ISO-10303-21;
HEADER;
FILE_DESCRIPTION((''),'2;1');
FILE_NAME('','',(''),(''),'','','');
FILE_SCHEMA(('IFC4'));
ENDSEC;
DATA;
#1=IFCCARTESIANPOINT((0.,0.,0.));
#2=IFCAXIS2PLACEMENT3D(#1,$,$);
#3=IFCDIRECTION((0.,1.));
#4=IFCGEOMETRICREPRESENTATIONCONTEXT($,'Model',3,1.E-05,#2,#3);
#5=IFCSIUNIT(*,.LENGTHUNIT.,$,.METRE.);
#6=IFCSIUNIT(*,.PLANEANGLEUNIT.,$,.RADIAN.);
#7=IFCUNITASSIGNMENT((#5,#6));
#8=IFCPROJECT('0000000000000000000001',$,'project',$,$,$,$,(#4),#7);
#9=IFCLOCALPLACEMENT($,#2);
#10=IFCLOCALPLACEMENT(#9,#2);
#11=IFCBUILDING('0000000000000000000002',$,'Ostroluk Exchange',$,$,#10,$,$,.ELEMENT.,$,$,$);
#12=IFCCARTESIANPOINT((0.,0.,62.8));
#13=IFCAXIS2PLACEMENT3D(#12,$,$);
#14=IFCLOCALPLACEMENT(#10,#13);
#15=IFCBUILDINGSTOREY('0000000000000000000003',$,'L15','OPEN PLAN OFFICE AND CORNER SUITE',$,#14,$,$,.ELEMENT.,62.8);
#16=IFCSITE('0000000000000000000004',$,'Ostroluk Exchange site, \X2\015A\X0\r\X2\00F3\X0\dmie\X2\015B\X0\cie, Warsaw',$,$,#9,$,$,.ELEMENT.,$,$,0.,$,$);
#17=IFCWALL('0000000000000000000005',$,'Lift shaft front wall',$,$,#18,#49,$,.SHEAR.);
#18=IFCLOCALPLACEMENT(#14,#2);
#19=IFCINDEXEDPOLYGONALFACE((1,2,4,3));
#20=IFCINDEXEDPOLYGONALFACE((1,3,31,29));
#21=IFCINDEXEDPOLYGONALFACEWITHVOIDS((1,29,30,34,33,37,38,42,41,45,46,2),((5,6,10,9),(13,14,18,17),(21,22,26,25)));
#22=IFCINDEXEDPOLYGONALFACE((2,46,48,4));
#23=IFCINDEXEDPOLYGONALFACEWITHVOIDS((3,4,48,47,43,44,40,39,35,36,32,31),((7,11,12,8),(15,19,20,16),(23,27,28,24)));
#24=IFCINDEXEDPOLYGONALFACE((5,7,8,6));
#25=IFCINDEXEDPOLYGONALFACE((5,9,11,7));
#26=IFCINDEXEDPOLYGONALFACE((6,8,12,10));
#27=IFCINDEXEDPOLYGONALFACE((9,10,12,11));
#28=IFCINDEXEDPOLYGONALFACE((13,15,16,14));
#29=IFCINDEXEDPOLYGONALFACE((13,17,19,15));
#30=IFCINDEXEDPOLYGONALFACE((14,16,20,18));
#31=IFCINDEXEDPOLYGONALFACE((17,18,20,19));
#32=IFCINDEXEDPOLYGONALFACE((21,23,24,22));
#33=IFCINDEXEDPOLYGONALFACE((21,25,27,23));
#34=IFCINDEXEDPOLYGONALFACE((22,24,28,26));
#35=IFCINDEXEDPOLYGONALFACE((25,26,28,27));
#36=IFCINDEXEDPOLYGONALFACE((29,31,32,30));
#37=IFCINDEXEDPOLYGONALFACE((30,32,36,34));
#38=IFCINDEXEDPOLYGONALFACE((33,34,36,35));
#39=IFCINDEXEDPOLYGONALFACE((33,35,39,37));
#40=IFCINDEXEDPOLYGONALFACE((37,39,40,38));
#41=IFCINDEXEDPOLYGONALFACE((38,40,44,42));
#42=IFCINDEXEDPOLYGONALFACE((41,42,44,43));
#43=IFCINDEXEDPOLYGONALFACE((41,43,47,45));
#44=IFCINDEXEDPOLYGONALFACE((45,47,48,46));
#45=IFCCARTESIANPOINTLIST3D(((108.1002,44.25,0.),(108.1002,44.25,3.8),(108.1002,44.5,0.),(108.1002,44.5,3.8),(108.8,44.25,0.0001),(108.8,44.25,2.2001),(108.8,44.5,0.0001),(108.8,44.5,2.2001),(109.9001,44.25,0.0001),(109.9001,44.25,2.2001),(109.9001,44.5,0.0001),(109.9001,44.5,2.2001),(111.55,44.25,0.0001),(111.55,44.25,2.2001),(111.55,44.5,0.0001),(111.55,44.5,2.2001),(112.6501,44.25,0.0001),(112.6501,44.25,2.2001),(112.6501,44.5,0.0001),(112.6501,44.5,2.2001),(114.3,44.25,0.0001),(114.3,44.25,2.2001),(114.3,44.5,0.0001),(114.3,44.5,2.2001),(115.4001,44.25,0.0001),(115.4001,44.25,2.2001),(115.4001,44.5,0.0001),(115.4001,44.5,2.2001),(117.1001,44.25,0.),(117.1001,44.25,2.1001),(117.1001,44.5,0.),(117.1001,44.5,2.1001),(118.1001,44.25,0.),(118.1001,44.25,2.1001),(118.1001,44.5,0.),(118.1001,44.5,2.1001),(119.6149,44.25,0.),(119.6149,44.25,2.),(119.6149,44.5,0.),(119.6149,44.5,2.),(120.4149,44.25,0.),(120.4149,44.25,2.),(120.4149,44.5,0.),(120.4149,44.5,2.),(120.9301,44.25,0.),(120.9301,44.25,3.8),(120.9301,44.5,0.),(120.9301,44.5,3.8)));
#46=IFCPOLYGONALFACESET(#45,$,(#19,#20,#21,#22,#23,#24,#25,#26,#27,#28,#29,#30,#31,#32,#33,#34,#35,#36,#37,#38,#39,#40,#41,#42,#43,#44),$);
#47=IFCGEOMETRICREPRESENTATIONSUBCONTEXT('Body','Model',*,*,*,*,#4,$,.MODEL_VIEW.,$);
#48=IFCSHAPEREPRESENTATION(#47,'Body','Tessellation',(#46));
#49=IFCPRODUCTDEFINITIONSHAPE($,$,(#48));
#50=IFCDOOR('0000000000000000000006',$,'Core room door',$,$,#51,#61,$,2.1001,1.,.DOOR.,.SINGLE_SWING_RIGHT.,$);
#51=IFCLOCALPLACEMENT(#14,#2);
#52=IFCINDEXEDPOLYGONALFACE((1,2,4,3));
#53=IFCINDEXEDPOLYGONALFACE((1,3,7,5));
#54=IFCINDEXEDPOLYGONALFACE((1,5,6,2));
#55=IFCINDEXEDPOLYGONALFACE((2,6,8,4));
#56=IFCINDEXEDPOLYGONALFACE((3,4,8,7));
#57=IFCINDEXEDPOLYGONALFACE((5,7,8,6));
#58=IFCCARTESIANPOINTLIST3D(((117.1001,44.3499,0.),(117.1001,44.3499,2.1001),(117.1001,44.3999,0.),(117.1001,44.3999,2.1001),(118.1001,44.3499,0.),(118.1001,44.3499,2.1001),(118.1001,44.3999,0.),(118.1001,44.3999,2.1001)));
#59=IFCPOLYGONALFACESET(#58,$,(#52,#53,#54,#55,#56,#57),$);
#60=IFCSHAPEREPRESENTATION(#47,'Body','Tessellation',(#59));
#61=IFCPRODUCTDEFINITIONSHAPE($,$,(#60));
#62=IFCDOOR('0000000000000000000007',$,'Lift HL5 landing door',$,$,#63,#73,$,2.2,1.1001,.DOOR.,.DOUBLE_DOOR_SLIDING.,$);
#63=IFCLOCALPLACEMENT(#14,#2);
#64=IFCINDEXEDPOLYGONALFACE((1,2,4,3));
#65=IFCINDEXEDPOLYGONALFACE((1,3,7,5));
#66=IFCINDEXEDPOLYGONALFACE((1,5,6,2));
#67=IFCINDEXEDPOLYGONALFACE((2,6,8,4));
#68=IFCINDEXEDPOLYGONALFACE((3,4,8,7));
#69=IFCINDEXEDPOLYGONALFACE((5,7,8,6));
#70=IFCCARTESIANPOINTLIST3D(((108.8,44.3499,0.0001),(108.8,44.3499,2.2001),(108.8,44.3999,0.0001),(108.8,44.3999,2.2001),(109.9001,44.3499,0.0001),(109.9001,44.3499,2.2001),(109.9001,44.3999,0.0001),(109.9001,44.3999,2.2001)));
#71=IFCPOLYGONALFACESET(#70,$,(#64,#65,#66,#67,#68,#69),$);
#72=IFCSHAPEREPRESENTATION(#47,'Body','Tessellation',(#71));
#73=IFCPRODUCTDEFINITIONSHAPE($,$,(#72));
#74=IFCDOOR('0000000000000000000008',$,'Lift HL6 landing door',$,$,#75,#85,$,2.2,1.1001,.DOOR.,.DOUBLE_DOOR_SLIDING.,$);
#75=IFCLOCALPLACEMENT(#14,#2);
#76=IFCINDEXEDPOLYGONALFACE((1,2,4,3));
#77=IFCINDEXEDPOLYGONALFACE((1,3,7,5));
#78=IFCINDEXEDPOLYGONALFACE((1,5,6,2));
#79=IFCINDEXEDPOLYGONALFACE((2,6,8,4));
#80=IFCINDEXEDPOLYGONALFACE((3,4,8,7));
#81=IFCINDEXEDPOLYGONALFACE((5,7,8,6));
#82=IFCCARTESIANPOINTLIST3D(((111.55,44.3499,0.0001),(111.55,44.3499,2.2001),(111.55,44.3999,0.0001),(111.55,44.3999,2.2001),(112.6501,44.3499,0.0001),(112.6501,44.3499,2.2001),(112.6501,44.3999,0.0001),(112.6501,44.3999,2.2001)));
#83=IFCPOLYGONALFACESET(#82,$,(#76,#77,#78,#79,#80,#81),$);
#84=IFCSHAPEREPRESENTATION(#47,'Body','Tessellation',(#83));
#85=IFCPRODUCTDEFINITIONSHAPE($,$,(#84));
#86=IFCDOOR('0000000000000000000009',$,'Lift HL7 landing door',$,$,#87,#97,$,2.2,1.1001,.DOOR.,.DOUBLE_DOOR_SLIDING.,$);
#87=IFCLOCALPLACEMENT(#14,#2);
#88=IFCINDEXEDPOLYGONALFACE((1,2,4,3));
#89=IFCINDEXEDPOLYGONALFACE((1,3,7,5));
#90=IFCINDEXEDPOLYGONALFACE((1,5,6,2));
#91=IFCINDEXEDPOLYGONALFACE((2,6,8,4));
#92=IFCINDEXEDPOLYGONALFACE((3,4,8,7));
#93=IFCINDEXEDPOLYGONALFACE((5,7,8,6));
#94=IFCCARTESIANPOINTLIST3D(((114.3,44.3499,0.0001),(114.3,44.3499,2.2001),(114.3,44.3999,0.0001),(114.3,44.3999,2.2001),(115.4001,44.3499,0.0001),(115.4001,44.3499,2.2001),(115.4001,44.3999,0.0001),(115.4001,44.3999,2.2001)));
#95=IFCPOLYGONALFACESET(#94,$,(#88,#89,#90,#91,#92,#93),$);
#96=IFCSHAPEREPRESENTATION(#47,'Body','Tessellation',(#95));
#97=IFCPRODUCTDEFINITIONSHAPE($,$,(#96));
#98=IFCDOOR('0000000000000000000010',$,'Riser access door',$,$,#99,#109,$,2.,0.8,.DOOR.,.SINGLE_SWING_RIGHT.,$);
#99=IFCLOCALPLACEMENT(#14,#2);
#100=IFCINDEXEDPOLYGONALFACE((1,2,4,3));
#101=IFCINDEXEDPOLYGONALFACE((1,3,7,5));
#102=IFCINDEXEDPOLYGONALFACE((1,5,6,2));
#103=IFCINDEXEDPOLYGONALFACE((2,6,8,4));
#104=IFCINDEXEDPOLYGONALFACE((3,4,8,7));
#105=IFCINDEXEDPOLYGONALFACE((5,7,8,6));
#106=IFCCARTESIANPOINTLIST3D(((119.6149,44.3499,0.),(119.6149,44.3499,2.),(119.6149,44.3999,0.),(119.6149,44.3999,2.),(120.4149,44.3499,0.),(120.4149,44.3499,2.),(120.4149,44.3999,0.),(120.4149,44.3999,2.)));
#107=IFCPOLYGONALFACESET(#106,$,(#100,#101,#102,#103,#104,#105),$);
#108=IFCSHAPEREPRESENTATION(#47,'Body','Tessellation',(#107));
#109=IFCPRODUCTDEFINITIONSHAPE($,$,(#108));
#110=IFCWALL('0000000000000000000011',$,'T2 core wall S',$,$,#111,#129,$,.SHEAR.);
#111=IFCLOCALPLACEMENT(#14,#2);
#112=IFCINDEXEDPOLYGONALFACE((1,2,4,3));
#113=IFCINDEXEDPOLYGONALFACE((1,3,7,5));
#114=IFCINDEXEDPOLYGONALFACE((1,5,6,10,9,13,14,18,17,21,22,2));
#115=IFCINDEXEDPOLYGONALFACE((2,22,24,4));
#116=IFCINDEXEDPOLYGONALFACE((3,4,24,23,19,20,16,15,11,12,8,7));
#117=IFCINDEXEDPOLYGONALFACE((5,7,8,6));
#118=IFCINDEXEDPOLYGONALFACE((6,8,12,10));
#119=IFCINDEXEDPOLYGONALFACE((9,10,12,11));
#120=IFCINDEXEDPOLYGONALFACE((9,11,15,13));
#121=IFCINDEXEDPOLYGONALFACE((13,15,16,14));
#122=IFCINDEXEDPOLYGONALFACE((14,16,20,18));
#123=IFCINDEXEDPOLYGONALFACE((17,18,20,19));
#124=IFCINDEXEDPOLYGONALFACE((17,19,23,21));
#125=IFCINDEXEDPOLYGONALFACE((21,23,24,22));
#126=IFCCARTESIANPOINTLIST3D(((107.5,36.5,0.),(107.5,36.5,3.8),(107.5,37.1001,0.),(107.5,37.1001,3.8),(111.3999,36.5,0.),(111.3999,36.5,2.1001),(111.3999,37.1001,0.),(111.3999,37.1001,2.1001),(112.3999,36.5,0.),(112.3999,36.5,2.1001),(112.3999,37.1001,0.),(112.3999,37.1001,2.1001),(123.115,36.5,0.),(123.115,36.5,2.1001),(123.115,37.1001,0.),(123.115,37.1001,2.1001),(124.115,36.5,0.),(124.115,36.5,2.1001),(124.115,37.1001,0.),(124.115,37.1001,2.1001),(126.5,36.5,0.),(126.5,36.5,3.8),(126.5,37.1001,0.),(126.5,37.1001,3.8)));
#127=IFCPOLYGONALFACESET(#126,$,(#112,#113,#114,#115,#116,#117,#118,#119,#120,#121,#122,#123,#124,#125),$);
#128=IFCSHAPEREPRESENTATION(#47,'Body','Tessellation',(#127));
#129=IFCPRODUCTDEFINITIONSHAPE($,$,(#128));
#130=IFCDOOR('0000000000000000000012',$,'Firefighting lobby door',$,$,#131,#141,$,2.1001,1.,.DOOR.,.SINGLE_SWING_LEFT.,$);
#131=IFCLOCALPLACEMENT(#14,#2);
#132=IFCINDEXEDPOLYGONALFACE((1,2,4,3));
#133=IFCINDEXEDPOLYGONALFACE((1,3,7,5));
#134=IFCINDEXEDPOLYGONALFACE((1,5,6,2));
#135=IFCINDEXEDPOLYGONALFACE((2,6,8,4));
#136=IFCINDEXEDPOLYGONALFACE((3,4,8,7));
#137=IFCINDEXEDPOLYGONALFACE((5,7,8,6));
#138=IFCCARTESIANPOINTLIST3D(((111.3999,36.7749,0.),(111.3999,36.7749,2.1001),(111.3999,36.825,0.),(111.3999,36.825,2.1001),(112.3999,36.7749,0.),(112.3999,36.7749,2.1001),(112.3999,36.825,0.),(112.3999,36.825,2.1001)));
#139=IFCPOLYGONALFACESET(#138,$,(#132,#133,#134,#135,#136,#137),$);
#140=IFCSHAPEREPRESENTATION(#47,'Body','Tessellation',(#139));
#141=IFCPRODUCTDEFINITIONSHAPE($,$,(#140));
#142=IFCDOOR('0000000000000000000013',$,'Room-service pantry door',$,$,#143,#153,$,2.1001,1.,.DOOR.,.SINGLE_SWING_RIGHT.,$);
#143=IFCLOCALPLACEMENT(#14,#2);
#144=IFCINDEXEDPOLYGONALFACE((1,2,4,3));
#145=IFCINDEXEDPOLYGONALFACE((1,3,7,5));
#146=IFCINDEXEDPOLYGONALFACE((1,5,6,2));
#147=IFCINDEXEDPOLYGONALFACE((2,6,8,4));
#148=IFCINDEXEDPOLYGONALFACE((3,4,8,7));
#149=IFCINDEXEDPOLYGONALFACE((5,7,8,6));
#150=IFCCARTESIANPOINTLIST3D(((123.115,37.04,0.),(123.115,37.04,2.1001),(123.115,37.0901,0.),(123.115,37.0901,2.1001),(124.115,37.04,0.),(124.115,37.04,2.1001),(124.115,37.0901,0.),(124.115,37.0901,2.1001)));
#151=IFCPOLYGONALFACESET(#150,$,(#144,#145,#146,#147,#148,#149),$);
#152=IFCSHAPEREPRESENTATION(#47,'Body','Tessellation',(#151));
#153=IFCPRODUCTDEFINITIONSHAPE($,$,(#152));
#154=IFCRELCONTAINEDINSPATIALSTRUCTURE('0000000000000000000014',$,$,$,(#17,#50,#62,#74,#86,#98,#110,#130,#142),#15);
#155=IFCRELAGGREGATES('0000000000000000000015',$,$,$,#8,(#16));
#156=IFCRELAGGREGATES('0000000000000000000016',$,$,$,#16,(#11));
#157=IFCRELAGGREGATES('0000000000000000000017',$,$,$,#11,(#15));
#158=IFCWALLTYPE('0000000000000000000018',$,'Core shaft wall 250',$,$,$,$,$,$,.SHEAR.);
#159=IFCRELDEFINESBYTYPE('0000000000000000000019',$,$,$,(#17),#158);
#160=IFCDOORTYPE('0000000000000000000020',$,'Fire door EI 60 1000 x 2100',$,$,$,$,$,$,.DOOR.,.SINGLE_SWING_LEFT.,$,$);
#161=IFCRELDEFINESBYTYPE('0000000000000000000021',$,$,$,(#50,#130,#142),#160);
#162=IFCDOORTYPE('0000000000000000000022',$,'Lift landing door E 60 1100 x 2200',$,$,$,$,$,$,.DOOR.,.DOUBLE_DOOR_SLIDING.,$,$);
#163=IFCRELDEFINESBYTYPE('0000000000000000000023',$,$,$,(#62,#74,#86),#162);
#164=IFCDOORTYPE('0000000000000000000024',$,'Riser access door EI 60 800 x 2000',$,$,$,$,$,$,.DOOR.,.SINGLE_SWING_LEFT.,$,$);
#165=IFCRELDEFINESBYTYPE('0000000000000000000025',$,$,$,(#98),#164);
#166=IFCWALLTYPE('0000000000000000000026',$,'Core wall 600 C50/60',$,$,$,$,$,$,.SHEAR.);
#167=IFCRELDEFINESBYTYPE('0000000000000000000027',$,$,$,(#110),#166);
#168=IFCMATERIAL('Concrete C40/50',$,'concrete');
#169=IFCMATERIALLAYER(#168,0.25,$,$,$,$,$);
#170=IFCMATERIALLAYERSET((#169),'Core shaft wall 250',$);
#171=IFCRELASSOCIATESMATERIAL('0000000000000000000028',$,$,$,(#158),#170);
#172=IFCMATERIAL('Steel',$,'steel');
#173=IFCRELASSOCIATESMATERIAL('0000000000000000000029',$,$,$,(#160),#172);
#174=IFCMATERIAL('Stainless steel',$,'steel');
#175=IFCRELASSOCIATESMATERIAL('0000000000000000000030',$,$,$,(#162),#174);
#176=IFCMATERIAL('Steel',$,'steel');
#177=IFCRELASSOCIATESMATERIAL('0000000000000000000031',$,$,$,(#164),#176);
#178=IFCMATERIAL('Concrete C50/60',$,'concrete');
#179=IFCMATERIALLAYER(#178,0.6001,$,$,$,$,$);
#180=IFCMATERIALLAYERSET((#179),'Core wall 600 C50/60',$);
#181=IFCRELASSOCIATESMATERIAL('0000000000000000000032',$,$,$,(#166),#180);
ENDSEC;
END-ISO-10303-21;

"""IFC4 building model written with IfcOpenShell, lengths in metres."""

from ifc_helpers import new_model, si_unit, direction, frame, frame_2d, origin, place, context, subcontext, project, spatial, rectangle, extrude, material, layer, layer_set, type_object, element, fill, save


model = new_model("IFC4")

# Units and contexts
model_context = context("Model", 3, precision=1e-05, world=origin(), true_north=direction((0.0, 1.0)))
body_context = subcontext(model_context, "Body", "Model", "MODEL_VIEW")
ifc_project = project(units=[si_unit("LENGTHUNIT", "METRE"), si_unit("PLANEANGLEUNIT", "RADIAN")], contexts=[model_context])

# Site, building, storey
site_placement = place(None, origin())
site = spatial("IfcSite", under=ifc_project, at=site_placement, Name="Ostroluk Exchange site, Śródmieście, Warsaw", CompositionType="ELEMENT", RefElevation=0.0)
building_placement = place(site_placement, origin())
building = spatial("IfcBuilding", under=site, at=building_placement, Name="Ostroluk Exchange", CompositionType="ELEMENT")
storey_placement = place(building_placement, frame((0.0, 0.0, 62.8)))
storey = spatial("IfcBuildingStorey", under=building, at=storey_placement, Name="L15", Description="OPEN PLAN OFFICE AND CORNER SUITE", CompositionType="ELEMENT", Elevation=62.8)

# Shared definitions
ifc_material_1 = material(Name="Concrete C40/50", Category="concrete")
ifc_layer_1 = layer(ifc_material_1, 0.25)
ifc_layer_set_1 = layer_set([ifc_layer_1], Name="Core shaft wall 250")
wall_type_1 = type_object("IfcWallType", Name="Core shaft wall 250", PredefinedType="SHEAR", material=ifc_layer_set_1)

# Walls, openings, doors
wall_1_placement = place(storey_placement, frame((108.1001, 44.375, 0.0), z_axis=(0.0, 0.0, 1.0), x_axis=(1.0, 0.0, 0.0)))
wall_1 = element("IfcWall", 1, at=wall_1_placement, inside=storey, type_object=wall_type_1, Name="Lift shaft front wall", PredefinedType="SHEAR", context=body_context, shape_type="SweptSolid", body=[
    extrude(rectangle(XDim=12.8298, YDim=0.25, at=frame_2d((6.415, 0.0))), origin(), (0.0, 0.0, 1.0), 3.8),
])
opening_1_placement = place(wall_1_placement, frame((0.7, 0.0, 0.0)))
opening_1 = element("IfcOpeningElement", 2, at=opening_1_placement, cuts=wall_1, PredefinedType="OPENING", context=body_context, shape_type="SweptSolid", body=[
    extrude(rectangle(XDim=1.1001, YDim=2.2, at=frame_2d((0.55, 1.1001))), frame((0.0, 0.135, 0.0), z_axis=(0.0, -1.0, 0.0), x_axis=(1.0, 0.0, 0.0)), (0.0, 0.0, 1.0), 0.27),
])
opening_2_placement = place(wall_1_placement, frame((3.45, 0.0, 0.0)))
opening_2 = element("IfcOpeningElement", 3, at=opening_2_placement, cuts=wall_1, PredefinedType="OPENING", context=body_context, shape_type="SweptSolid", body=[
    extrude(rectangle(XDim=1.1001, YDim=2.2, at=frame_2d((0.55, 1.1001))), frame((0.0, 0.135, 0.0), z_axis=(0.0, -1.0, 0.0), x_axis=(1.0, 0.0, 0.0)), (0.0, 0.0, 1.0), 0.27),
])
opening_3_placement = place(wall_1_placement, frame((6.2, 0.0, 0.0)))
opening_3 = element("IfcOpeningElement", 4, at=opening_3_placement, cuts=wall_1, PredefinedType="OPENING", context=body_context, shape_type="SweptSolid", body=[
    extrude(rectangle(XDim=1.1001, YDim=2.2, at=frame_2d((0.55, 1.1001))), frame((0.0, 0.135, 0.0), z_axis=(0.0, -1.0, 0.0), x_axis=(1.0, 0.0, 0.0)), (0.0, 0.0, 1.0), 0.27),
])
opening_4_placement = place(wall_1_placement, frame((9.0, 0.0, 0.0)))
opening_4 = element("IfcOpeningElement", 5, at=opening_4_placement, cuts=wall_1, PredefinedType="OPENING", context=body_context, shape_type="SweptSolid", body=[
    extrude(rectangle(XDim=1.0, YDim=2.1001, at=frame_2d((0.5, 1.05))), frame((0.0, 0.135, 0.0), z_axis=(0.0, -1.0, 0.0), x_axis=(1.0, 0.0, 0.0)), (0.0, 0.0, 1.0), 0.27),
])
opening_5_placement = place(wall_1_placement, frame((11.5149, 0.0, 0.0)))
opening_5 = element("IfcOpeningElement", 6, at=opening_5_placement, cuts=wall_1, PredefinedType="OPENING", context=body_context, shape_type="SweptSolid", body=[
    extrude(rectangle(XDim=0.8, YDim=2.0, at=frame_2d((0.3999, 1.0))), frame((0.0, 0.135, 0.0), z_axis=(0.0, -1.0, 0.0), x_axis=(1.0, 0.0, 0.0)), (0.0, 0.0, 1.0), 0.27),
])
ifc_material_2 = material(Name="Steel", Category="steel")
door_type_1 = type_object("IfcDoorType", Name="Fire door EI 60 1000 x 2100", OperationType="SINGLE_SWING_LEFT", PredefinedType="DOOR", material=ifc_material_2)
door_1_placement = place(opening_4_placement, origin())
door_1 = element("IfcDoor", 7, at=door_1_placement, inside=storey, type_object=door_type_1, Name="Core room door", OperationType="SINGLE_SWING_RIGHT", OverallHeight=2.1001, OverallWidth=1.0, PredefinedType="DOOR", context=body_context, shape_type="SweptSolid", body=[
    extrude(rectangle(XDim=1.0, YDim=2.1001, at=frame_2d((0.5, 1.05))), frame((0.0, 0.0249, 0.0), z_axis=(0.0, -1.0, 0.0), x_axis=(1.0, 0.0, 0.0)), (0.0, 0.0, 1.0), 0.05),
])
fill(opening_4, door_1)
ifc_material_3 = material(Name="Stainless steel", Category="steel")
door_type_2 = type_object("IfcDoorType", Name="Lift landing door E 60 1100 x 2200", OperationType="DOUBLE_DOOR_SLIDING", PredefinedType="DOOR", material=ifc_material_3)
door_2_placement = place(opening_1_placement, origin())
door_2 = element("IfcDoor", 8, at=door_2_placement, inside=storey, type_object=door_type_2, Name="Lift HL5 landing door", OperationType="DOUBLE_DOOR_SLIDING", OverallHeight=2.2, OverallWidth=1.1001, PredefinedType="DOOR", context=body_context, shape_type="SweptSolid", body=[
    extrude(rectangle(XDim=1.1001, YDim=2.2, at=frame_2d((0.55, 1.1001))), frame((0.0, 0.0249, 0.0), z_axis=(0.0, -1.0, 0.0), x_axis=(1.0, 0.0, 0.0)), (0.0, 0.0, 1.0), 0.05),
])
fill(opening_1, door_2)
door_3_placement = place(opening_2_placement, origin())
door_3 = element("IfcDoor", 9, at=door_3_placement, inside=storey, type_object=door_type_2, Name="Lift HL6 landing door", OperationType="DOUBLE_DOOR_SLIDING", OverallHeight=2.2, OverallWidth=1.1001, PredefinedType="DOOR", context=body_context, shape_type="SweptSolid", body=[
    extrude(rectangle(XDim=1.1001, YDim=2.2, at=frame_2d((0.55, 1.1001))), frame((0.0, 0.0249, 0.0), z_axis=(0.0, -1.0, 0.0), x_axis=(1.0, 0.0, 0.0)), (0.0, 0.0, 1.0), 0.05),
])
fill(opening_2, door_3)
door_4_placement = place(opening_3_placement, origin())
door_4 = element("IfcDoor", 10, at=door_4_placement, inside=storey, type_object=door_type_2, Name="Lift HL7 landing door", OperationType="DOUBLE_DOOR_SLIDING", OverallHeight=2.2, OverallWidth=1.1001, PredefinedType="DOOR", context=body_context, shape_type="SweptSolid", body=[
    extrude(rectangle(XDim=1.1001, YDim=2.2, at=frame_2d((0.55, 1.1001))), frame((0.0, 0.0249, 0.0), z_axis=(0.0, -1.0, 0.0), x_axis=(1.0, 0.0, 0.0)), (0.0, 0.0, 1.0), 0.05),
])
fill(opening_3, door_4)
ifc_material_4 = material(Name="Steel", Category="steel")
door_type_3 = type_object("IfcDoorType", Name="Riser access door EI 60 800 x 2000", OperationType="SINGLE_SWING_LEFT", PredefinedType="DOOR", material=ifc_material_4)
door_5_placement = place(opening_5_placement, origin())
door_5 = element("IfcDoor", 11, at=door_5_placement, inside=storey, type_object=door_type_3, Name="Riser access door", OperationType="SINGLE_SWING_RIGHT", OverallHeight=2.0, OverallWidth=0.8, PredefinedType="DOOR", context=body_context, shape_type="SweptSolid", body=[
    extrude(rectangle(XDim=0.8, YDim=2.0, at=frame_2d((0.3999, 1.0))), frame((0.0, 0.0249, 0.0), z_axis=(0.0, -1.0, 0.0), x_axis=(1.0, 0.0, 0.0)), (0.0, 0.0, 1.0), 0.05),
])
fill(opening_5, door_5)
ifc_material_5 = material(Name="Concrete C50/60", Category="concrete")
ifc_layer_2 = layer(ifc_material_5, 0.6001)
ifc_layer_set_2 = layer_set([ifc_layer_2], Name="Core wall 600 C50/60")
wall_type_2 = type_object("IfcWallType", Name="Core wall 600 C50/60", PredefinedType="SHEAR", material=ifc_layer_set_2)
wall_2_placement = place(storey_placement, frame((107.5, 36.8, 0.0), z_axis=(0.0, 0.0, 1.0), x_axis=(1.0, 0.0, 0.0)))
wall_2 = element("IfcWall", 12, at=wall_2_placement, inside=storey, type_object=wall_type_2, Name="T2 core wall S", PredefinedType="SHEAR", context=body_context, shape_type="SweptSolid", body=[
    extrude(rectangle(XDim=19.0, YDim=0.6001, at=frame_2d((9.5, 0.0))), origin(), (0.0, 0.0, 1.0), 3.8),
])
opening_6_placement = place(wall_2_placement, frame((3.8999, 0.0, 0.0)))
opening_6 = element("IfcOpeningElement", 13, at=opening_6_placement, cuts=wall_2, PredefinedType="OPENING", context=body_context, shape_type="SweptSolid", body=[
    extrude(rectangle(XDim=1.0, YDim=2.1001, at=frame_2d((0.5, 1.05))), frame((0.0, 0.3101, 0.0), z_axis=(0.0, -1.0, 0.0), x_axis=(1.0, 0.0, 0.0)), (0.0, 0.0, 1.0), 0.6201),
])
opening_7_placement = place(wall_2_placement, frame((15.615, 0.0, 0.0)))
opening_7 = element("IfcOpeningElement", 14, at=opening_7_placement, cuts=wall_2, PredefinedType="OPENING", context=body_context, shape_type="SweptSolid", body=[
    extrude(rectangle(XDim=1.0, YDim=2.1001, at=frame_2d((0.5, 1.05))), frame((0.0, 0.3101, 0.0), z_axis=(0.0, -1.0, 0.0), x_axis=(1.0, 0.0, 0.0)), (0.0, 0.0, 1.0), 0.6201),
])
door_6_placement = place(opening_6_placement, origin())
door_6 = element("IfcDoor", 15, at=door_6_placement, inside=storey, type_object=door_type_1, Name="Firefighting lobby door", OperationType="SINGLE_SWING_LEFT", OverallHeight=2.1001, OverallWidth=1.0, PredefinedType="DOOR", context=body_context, shape_type="SweptSolid", body=[
    extrude(rectangle(XDim=1.0, YDim=2.1001, at=frame_2d((0.5, 1.05))), frame((0.0, 0.0249, 0.0), z_axis=(0.0, -1.0, 0.0), x_axis=(1.0, 0.0, 0.0)), (0.0, 0.0, 1.0), 0.05),
])
fill(opening_6, door_6)
door_7_placement = place(opening_7_placement, origin())
door_7 = element("IfcDoor", 16, at=door_7_placement, inside=storey, type_object=door_type_1, Name="Room-service pantry door", OperationType="SINGLE_SWING_RIGHT", OverallHeight=2.1001, OverallWidth=1.0, PredefinedType="DOOR", context=body_context, shape_type="SweptSolid", body=[
    extrude(rectangle(XDim=1.0, YDim=2.1001, at=frame_2d((0.5, 1.05))), frame((0.0, 0.29, 0.0), z_axis=(0.0, -1.0, 0.0), x_axis=(1.0, 0.0, 0.0)), (0.0, 0.0, 1.0), 0.05),
])
fill(opening_7, door_7)

save(model, "model.ifc")
